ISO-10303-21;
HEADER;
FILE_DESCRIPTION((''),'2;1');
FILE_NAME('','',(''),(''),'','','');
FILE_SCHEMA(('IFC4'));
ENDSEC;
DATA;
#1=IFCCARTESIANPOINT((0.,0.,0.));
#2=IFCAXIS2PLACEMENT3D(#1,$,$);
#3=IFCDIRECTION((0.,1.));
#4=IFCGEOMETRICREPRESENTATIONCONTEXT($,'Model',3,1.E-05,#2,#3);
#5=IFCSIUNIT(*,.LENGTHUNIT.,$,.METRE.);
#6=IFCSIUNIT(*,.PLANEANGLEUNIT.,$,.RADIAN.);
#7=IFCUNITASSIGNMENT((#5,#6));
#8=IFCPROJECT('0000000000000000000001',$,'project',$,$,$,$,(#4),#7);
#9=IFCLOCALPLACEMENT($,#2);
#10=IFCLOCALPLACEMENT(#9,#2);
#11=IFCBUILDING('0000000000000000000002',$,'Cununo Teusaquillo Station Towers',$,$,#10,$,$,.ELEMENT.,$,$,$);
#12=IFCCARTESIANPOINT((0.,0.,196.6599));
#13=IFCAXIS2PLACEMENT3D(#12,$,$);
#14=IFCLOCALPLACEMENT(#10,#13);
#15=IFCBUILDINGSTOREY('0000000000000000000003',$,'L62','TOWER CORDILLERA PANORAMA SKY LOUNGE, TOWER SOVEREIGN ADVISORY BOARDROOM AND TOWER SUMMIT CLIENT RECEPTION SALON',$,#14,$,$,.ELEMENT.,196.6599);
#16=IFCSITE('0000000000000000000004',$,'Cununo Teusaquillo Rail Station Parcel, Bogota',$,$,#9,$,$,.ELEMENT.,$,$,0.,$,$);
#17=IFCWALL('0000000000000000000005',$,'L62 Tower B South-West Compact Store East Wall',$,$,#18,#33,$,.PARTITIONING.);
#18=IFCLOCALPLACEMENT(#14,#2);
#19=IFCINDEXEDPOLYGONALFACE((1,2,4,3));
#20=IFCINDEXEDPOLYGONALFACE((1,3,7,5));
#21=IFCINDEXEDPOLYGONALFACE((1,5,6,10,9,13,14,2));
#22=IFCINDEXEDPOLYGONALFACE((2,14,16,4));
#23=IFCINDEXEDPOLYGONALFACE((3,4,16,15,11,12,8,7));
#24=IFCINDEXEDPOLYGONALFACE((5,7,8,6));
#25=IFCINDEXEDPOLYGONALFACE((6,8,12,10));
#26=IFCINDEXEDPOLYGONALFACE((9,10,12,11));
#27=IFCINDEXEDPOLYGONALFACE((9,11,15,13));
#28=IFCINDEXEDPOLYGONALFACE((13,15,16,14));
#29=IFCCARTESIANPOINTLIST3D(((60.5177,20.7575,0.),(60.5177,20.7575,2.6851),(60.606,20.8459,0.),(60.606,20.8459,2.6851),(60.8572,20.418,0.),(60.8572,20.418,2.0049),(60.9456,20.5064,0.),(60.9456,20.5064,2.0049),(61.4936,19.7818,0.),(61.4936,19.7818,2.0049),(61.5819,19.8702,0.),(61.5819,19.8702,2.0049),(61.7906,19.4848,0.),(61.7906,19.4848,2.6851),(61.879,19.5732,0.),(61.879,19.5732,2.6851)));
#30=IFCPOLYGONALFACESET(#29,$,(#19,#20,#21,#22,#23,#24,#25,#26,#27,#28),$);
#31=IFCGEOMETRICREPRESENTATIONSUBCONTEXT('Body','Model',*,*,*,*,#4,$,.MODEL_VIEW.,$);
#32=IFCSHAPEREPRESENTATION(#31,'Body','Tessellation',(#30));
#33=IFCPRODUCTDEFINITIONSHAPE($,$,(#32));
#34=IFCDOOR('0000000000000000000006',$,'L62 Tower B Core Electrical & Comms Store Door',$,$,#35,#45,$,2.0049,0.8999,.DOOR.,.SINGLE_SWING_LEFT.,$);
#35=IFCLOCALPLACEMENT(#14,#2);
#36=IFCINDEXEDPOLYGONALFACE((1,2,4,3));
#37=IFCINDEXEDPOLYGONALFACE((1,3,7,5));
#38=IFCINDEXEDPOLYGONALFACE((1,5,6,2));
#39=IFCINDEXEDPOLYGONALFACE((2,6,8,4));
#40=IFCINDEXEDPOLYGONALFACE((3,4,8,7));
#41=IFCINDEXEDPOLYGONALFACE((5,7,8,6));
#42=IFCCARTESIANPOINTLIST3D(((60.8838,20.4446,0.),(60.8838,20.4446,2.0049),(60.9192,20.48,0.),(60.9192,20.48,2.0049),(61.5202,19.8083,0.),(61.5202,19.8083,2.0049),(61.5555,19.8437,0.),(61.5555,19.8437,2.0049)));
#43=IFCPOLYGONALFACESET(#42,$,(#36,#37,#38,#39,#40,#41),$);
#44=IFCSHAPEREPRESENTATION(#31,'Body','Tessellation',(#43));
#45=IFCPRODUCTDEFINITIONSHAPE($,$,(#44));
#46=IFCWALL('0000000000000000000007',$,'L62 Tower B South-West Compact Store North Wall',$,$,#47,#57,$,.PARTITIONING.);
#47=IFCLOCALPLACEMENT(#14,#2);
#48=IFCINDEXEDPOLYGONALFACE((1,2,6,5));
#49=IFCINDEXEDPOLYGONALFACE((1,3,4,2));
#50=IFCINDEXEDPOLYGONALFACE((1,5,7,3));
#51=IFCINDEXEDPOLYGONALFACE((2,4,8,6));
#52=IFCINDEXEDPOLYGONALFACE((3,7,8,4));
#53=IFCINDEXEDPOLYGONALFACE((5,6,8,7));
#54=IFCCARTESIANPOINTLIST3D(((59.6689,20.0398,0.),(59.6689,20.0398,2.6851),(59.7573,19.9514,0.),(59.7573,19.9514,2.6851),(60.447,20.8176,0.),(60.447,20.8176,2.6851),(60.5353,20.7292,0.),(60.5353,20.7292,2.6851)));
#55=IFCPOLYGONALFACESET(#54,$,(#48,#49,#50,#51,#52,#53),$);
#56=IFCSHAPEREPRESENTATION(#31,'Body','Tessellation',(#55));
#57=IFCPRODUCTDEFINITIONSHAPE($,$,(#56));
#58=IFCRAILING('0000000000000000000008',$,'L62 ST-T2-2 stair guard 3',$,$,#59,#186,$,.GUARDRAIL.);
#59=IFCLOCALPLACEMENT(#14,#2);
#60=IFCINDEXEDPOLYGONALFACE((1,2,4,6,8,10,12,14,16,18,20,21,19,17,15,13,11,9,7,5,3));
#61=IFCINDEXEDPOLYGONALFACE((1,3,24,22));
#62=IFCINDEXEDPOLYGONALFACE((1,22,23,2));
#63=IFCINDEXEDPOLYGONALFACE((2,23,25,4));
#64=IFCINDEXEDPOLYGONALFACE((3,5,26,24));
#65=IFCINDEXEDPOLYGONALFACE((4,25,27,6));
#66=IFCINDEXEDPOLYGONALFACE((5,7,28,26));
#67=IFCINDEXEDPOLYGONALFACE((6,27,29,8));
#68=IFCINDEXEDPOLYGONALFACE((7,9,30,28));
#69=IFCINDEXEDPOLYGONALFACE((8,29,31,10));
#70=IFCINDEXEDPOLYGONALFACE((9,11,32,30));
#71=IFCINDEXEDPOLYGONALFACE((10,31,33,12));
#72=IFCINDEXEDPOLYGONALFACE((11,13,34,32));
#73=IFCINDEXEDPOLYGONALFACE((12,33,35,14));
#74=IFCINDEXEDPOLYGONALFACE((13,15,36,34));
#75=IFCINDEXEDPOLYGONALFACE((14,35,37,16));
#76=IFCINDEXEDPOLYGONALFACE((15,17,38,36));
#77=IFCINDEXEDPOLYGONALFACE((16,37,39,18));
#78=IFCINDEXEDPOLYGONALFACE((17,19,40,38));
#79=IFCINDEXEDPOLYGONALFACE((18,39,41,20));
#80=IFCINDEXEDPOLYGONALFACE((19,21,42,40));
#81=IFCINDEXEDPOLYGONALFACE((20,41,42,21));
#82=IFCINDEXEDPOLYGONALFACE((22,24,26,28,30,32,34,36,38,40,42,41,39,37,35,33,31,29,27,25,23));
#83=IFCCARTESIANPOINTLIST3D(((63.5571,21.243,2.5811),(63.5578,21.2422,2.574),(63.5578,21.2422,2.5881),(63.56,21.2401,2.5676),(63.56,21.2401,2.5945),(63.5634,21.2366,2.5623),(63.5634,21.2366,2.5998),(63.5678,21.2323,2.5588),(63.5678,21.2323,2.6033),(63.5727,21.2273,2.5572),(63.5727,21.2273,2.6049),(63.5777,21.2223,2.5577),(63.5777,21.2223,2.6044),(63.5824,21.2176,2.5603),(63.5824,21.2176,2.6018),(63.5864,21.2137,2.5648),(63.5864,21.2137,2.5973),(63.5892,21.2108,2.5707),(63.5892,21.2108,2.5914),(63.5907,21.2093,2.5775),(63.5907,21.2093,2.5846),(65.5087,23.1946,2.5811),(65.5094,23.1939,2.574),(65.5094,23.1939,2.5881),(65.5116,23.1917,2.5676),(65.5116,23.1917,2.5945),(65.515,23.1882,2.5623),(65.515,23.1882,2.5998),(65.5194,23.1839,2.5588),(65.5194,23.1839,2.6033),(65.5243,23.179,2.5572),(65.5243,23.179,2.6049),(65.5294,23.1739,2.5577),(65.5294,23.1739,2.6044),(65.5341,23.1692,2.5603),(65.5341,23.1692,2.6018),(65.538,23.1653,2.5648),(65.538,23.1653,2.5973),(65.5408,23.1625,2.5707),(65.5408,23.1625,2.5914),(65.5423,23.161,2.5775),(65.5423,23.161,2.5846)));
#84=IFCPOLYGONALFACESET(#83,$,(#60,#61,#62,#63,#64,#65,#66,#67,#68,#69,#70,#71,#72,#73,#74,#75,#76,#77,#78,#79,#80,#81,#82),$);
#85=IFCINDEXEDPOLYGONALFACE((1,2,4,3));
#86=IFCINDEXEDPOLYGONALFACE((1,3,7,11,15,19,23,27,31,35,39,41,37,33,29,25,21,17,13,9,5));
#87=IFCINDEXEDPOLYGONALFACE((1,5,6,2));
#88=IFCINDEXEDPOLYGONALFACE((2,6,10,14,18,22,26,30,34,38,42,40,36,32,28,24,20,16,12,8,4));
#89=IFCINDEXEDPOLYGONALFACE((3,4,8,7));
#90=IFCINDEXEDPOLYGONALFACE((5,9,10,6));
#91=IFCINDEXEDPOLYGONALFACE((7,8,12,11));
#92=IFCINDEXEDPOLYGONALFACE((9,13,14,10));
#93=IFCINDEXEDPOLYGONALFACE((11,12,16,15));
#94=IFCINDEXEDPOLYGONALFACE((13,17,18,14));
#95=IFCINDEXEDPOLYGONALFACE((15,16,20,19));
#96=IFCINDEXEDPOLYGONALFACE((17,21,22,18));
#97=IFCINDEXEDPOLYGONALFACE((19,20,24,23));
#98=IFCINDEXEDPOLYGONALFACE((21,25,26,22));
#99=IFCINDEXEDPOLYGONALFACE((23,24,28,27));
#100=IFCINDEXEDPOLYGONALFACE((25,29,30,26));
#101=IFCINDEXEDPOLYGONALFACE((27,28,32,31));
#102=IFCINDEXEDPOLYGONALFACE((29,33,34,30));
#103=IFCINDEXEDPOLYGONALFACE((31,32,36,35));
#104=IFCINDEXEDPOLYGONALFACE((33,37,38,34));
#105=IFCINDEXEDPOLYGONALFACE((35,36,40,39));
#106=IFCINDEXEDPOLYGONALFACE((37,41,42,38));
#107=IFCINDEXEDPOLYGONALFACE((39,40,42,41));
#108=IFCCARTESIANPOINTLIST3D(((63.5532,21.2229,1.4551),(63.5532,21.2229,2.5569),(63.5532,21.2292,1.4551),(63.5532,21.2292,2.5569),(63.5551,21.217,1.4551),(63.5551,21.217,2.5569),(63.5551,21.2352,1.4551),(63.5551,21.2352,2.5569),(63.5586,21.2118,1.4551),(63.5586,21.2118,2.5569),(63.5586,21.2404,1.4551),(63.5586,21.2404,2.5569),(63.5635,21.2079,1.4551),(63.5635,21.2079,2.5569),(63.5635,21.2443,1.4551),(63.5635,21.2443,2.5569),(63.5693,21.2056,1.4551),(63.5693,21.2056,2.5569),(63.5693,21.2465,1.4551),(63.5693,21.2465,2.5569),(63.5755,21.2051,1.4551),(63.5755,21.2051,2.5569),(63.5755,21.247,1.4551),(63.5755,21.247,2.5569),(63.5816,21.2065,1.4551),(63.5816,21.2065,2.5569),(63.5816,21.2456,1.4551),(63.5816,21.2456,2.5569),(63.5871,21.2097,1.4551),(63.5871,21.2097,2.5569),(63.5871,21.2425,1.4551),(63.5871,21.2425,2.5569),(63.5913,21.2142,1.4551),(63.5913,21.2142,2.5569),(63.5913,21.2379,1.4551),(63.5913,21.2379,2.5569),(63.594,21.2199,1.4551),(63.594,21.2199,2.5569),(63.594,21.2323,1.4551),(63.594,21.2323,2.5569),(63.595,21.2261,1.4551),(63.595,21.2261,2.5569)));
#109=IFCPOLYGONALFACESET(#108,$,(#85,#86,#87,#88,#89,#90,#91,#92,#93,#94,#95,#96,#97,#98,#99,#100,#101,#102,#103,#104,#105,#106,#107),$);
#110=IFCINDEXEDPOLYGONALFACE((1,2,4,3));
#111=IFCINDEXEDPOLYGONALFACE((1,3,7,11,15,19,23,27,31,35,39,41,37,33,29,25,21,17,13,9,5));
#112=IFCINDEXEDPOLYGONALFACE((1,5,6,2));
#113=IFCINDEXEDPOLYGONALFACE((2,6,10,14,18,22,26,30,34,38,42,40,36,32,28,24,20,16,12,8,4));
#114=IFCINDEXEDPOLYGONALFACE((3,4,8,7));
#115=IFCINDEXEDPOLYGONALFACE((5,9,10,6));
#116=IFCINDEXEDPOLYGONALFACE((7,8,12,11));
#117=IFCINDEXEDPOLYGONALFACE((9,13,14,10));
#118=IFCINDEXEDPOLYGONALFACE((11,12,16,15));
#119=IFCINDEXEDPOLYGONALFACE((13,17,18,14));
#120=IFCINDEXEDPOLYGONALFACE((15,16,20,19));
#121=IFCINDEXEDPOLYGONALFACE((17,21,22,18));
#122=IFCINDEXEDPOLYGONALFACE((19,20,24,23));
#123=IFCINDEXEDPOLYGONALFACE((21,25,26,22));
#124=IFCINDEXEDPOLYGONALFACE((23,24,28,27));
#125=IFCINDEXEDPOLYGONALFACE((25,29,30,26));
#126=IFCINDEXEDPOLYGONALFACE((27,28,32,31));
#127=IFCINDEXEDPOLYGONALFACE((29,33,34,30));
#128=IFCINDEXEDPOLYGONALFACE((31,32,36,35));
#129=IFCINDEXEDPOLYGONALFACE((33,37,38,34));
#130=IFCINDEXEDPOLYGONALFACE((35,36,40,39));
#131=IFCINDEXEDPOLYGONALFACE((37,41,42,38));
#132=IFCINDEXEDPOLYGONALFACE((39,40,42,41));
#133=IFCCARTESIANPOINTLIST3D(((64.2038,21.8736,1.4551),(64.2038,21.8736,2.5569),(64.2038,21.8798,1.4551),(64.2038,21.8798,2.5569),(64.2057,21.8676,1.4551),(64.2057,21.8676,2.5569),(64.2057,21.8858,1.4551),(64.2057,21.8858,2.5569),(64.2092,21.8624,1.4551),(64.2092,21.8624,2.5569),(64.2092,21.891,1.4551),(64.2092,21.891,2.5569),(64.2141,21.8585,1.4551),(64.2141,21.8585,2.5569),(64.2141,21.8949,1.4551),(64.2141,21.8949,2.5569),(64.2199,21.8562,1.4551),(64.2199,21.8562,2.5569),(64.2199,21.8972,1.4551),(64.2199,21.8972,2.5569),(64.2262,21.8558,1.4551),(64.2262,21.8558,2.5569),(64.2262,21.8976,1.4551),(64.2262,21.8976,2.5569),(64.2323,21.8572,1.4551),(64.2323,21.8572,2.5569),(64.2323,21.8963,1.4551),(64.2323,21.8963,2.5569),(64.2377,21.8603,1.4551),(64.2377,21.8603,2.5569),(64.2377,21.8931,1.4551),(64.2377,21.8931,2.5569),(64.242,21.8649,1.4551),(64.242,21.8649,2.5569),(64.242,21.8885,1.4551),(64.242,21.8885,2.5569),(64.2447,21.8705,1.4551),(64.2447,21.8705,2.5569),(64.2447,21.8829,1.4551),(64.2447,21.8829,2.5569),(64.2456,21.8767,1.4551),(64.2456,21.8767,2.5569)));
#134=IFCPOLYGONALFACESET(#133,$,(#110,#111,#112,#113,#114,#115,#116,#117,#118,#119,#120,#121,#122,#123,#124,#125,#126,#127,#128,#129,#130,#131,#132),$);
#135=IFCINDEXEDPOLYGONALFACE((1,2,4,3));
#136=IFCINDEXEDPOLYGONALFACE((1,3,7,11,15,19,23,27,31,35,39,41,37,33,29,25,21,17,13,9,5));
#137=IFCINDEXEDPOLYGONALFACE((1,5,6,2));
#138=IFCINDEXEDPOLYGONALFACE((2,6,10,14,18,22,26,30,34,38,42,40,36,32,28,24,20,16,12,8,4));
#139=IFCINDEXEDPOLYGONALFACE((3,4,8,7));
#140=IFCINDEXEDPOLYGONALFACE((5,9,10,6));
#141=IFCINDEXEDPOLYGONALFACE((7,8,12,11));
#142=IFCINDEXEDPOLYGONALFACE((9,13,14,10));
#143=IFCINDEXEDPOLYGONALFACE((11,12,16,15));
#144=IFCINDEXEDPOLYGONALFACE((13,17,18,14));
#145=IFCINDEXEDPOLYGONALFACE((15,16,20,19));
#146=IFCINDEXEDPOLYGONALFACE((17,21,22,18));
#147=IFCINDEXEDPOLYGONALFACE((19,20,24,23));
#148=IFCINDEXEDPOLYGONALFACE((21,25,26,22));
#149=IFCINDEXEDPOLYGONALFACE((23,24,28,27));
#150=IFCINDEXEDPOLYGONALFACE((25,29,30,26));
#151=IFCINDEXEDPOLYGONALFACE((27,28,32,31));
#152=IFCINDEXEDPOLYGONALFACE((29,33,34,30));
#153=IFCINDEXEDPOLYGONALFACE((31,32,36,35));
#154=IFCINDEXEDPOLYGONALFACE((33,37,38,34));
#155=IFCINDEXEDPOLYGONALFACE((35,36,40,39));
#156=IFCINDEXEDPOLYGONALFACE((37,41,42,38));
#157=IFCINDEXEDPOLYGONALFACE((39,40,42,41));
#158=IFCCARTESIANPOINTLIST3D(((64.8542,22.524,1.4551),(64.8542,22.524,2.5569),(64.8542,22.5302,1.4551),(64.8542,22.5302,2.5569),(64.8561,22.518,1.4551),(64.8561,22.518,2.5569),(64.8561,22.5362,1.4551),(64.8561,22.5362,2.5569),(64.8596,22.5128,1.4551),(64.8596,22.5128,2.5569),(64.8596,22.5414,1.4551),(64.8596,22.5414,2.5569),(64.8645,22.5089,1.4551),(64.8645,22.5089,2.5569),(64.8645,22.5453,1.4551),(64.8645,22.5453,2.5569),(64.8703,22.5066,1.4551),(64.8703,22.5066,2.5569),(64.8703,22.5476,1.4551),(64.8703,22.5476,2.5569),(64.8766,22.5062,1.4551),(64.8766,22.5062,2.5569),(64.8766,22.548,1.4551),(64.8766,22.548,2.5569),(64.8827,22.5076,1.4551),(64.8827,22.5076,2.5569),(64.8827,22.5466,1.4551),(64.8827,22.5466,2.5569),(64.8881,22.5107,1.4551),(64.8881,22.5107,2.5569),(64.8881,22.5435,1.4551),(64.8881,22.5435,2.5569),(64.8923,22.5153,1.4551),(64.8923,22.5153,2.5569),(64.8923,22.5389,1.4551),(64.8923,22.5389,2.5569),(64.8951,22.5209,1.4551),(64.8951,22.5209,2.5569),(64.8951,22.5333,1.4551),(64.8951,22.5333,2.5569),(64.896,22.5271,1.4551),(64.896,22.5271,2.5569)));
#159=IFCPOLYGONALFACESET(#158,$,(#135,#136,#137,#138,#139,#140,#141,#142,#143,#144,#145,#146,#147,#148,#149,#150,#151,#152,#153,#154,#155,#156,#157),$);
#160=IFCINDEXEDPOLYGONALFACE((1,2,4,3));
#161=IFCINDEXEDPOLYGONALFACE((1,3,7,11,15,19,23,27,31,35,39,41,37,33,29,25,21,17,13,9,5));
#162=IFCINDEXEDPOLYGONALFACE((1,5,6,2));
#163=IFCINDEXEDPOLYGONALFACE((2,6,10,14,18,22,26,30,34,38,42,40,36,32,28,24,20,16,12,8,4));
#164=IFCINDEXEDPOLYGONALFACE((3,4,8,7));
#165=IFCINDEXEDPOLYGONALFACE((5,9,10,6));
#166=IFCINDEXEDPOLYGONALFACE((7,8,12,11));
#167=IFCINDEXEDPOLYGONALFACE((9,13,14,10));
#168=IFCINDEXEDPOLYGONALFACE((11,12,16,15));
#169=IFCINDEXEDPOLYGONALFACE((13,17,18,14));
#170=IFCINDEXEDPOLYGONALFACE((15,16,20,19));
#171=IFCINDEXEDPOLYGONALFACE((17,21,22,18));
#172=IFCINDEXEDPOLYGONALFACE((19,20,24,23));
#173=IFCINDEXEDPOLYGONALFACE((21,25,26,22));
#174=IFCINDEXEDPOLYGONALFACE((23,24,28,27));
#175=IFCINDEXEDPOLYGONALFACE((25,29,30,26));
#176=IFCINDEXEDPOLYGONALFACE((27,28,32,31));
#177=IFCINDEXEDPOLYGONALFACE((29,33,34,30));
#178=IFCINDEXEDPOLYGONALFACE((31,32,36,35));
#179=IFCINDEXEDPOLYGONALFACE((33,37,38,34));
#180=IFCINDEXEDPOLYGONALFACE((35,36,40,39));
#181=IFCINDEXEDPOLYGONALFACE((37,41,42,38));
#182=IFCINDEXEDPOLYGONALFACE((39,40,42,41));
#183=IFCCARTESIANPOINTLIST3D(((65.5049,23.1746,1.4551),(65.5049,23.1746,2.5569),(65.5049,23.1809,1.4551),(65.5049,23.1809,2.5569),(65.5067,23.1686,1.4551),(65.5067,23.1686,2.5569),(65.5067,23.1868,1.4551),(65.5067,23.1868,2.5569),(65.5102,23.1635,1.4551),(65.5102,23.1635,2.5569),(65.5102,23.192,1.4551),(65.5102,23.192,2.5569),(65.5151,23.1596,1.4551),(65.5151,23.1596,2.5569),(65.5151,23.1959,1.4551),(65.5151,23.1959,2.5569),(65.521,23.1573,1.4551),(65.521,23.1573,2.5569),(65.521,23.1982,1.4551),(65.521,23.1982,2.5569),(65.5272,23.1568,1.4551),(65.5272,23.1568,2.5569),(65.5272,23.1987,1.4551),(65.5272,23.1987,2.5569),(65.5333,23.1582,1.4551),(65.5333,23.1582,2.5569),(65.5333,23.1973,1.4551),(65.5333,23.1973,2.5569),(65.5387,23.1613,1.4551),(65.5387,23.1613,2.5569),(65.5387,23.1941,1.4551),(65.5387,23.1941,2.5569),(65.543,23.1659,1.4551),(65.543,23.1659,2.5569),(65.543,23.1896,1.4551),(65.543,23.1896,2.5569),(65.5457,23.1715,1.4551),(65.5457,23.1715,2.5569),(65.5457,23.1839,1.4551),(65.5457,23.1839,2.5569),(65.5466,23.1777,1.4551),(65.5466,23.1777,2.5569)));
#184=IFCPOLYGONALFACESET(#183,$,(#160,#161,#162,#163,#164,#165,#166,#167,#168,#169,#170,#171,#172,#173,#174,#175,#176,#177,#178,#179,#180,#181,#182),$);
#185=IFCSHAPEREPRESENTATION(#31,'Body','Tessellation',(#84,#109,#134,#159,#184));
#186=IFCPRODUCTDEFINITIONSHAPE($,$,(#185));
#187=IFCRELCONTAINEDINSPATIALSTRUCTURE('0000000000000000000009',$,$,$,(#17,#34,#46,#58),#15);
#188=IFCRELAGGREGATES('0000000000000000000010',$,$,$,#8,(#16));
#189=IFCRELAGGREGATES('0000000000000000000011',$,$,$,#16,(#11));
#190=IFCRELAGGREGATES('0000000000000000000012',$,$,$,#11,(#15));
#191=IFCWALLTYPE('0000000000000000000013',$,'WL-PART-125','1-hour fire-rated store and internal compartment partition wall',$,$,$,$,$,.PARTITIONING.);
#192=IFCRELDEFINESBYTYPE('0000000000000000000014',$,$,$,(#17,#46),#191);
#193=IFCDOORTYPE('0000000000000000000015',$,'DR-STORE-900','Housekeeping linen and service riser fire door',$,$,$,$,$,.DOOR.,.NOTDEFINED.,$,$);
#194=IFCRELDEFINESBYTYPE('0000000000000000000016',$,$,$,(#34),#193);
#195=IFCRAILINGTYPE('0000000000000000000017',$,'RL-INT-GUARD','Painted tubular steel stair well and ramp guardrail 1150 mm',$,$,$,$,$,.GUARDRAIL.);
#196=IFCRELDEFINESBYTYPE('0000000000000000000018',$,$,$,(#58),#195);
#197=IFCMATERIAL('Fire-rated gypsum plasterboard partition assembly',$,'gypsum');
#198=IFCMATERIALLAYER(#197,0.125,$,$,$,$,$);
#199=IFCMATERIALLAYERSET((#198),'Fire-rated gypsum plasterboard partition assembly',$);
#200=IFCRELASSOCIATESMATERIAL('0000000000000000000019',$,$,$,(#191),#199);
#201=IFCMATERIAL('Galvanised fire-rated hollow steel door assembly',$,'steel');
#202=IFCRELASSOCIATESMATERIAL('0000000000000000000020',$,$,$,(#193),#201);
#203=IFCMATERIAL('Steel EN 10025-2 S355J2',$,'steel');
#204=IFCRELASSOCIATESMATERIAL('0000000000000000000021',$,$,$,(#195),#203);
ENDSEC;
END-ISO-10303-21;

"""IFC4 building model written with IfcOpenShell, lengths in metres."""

from ifc_helpers import new_model, si_unit, direction, frame, frame_2d, origin, origin_2d, place, context, subcontext, project, spatial, rectangle, circle, extrude, source, transform, mapped, material, layer, layer_set, type_object, element, fill, save


model = new_model("IFC4")

# Units and contexts
model_context = context("Model", 3, precision=1e-05, world=origin(), true_north=direction((0.0, 1.0)))
body_context = subcontext(model_context, "Body", "Model", "MODEL_VIEW")
ifc_project = project(units=[si_unit("LENGTHUNIT", "METRE"), si_unit("PLANEANGLEUNIT", "RADIAN")], contexts=[model_context])

# Site, building, storey
site_placement = place(None, origin())
site = spatial("IfcSite", under=ifc_project, at=site_placement, Name="Cununo Teusaquillo Rail Station Parcel, Bogota", CompositionType="ELEMENT", RefElevation=0.0)
building_placement = place(site_placement, origin())
building = spatial("IfcBuilding", under=site, at=building_placement, Name="Cununo Teusaquillo Station Towers", CompositionType="ELEMENT")
storey_placement = place(building_placement, frame((0.0, 0.0, 196.6599)))
storey = spatial("IfcBuildingStorey", under=building, at=storey_placement, Name="L62", Description="TOWER CORDILLERA PANORAMA SKY LOUNGE, TOWER SOVEREIGN ADVISORY BOARDROOM AND TOWER SUMMIT CLIENT RECEPTION SALON", CompositionType="ELEMENT", Elevation=196.6599)

# Wall, opening, door
ifc_material_1 = material(Name="Fire-rated gypsum plasterboard partition assembly", Category="gypsum")
ifc_layer_1 = layer(ifc_material_1, 0.125)
ifc_layer_set_1 = layer_set([ifc_layer_1], Name="Fire-rated gypsum plasterboard partition assembly")
wall_type_1 = type_object("IfcWallType", Name="WL-PART-125", Description="1-hour fire-rated store and internal compartment partition wall", PredefinedType="PARTITIONING", material=ifc_layer_set_1)
wall_1_placement = place(storey_placement, frame((61.8347, 19.5291, 0.0), z_axis=(0.0, 0.0, 1.0), x_axis=(-0.707175, 0.707039, 0.0)))
wall_1 = element("IfcWall", 1, at=wall_1_placement, inside=storey, type_object=wall_type_1, Name="L62 Tower B South-West Compact Store East Wall", PredefinedType="PARTITIONING", context=body_context, shape_type="SweptSolid", body=[
    extrude(rectangle(XDim=1.8, YDim=0.125, at=frame_2d((0.8999, 0.0))), origin(), (0.0, 0.0, 1.0), 2.6851),
])
shared_shape_1 = source(origin(), body_context, "Body", "SweptSolid", [
    extrude(rectangle(XDim=0.8999, YDim=2.0049, at=frame_2d((0.45, 1.0024))), frame((0.0, 0.0725, 0.0), z_axis=(0.0, -1.0, 0.0), x_axis=(1.0, 0.0, 0.0)), (0.0, 0.0, 1.0), 0.145),
])
opening_1_placement = place(wall_1_placement, frame((0.4199, 0.0, 0.0)))
opening_1 = element("IfcOpeningElement", 2, at=opening_1_placement, cuts=wall_1, PredefinedType="OPENING", context=body_context, shape_type="MappedRepresentation", body=[
    mapped(shared_shape_1, transform((0.0, 0.0, 0.0), x_axis=(1.0, 0.0, 0.0), y_axis=(0.0, 1.0, 0.0), z_axis=(0.0, 0.0, 1.0), scale=1.0)),
])
ifc_material_2 = material(Name="Galvanised fire-rated hollow steel door assembly", Category="steel")
door_type_1 = type_object("IfcDoorType", Name="DR-STORE-900", Description="Housekeeping linen and service riser fire door", OperationType="NOTDEFINED", PredefinedType="DOOR", material=ifc_material_2)
shared_shape_2 = source(origin(), body_context, "Body", "SweptSolid", [
    extrude(rectangle(XDim=0.8999, YDim=2.0049, at=frame_2d((0.45, 1.0024))), frame((0.0, 0.0249, 0.0), z_axis=(0.0, -1.0, 0.0), x_axis=(1.0, 0.0, 0.0)), (0.0, 0.0, 1.0), 0.05),
])
door_1_placement = place(opening_1_placement, origin())
door_1 = element("IfcDoor", 3, at=door_1_placement, inside=storey, type_object=door_type_1, Name="L62 Tower B Core Electrical & Comms Store Door", OperationType="SINGLE_SWING_LEFT", OverallHeight=2.0049, OverallWidth=0.8999, PredefinedType="DOOR", context=body_context, shape_type="MappedRepresentation", body=[
    mapped(shared_shape_2, transform((0.0, 0.0, 0.0), x_axis=(1.0, 0.0, 0.0), y_axis=(0.0, 1.0, 0.0), z_axis=(0.0, 0.0, 1.0), scale=1.0)),
])
fill(opening_1, door_1)

# Wall
wall_2_placement = place(storey_placement, frame((59.7131, 19.9956, 0.0), z_axis=(0.0, 0.0, 1.0), x_axis=(0.707218, 0.706996, 0.0)))
element("IfcWall", 4, at=wall_2_placement, inside=storey, type_object=wall_type_1, Name="L62 Tower B South-West Compact Store North Wall", PredefinedType="PARTITIONING", context=body_context, shape_type="SweptSolid", body=[
    extrude(rectangle(XDim=1.1001, YDim=0.125, at=frame_2d((0.55, 0.0))), origin(), (0.0, 0.0, 1.0), 2.6851),
])

# Railing
ifc_material_3 = material(Name="Steel EN 10025-2 S355J2", Category="steel")
railing_type = type_object("IfcRailingType", Name="RL-INT-GUARD", Description="Painted tubular steel stair well and ramp guardrail 1150 mm", PredefinedType="GUARDRAIL", material=ifc_material_3)
railing_1_placement = place(storey_placement, frame((63.574, 21.2261, 1.4551)))
element("IfcRailing", 5, at=railing_1_placement, inside=storey, type_object=railing_type, Name="L62 ST-T2-2 stair guard 3", PredefinedType="GUARDRAIL", context=body_context, shape_type="SweptSolid", body=[
    extrude(circle(Radius=0.0239, at=origin_2d()), frame((0.0, 0.0, 1.126), z_axis=(0.707107, 0.707107, 0.0), x_axis=(-0.707107, 0.707107, 0.0)), (0.0, 0.0, 1.0), 2.76),
    extrude(circle(Radius=0.021, at=origin_2d()), origin(), (0.0, 0.0, 1.0), 1.1018),
    extrude(circle(Radius=0.021, at=origin_2d()), frame((0.6506, 0.6506, 0.0)), (0.0, 0.0, 1.0), 1.1018),
    extrude(circle(Radius=0.021, at=origin_2d()), frame((1.301, 1.301, 0.0)), (0.0, 0.0, 1.0), 1.1018),
    extrude(circle(Radius=0.021, at=origin_2d()), frame((1.9517, 1.9517, 0.0)), (0.0, 0.0, 1.0), 1.1018),
])

save(model, "model.ifc")
